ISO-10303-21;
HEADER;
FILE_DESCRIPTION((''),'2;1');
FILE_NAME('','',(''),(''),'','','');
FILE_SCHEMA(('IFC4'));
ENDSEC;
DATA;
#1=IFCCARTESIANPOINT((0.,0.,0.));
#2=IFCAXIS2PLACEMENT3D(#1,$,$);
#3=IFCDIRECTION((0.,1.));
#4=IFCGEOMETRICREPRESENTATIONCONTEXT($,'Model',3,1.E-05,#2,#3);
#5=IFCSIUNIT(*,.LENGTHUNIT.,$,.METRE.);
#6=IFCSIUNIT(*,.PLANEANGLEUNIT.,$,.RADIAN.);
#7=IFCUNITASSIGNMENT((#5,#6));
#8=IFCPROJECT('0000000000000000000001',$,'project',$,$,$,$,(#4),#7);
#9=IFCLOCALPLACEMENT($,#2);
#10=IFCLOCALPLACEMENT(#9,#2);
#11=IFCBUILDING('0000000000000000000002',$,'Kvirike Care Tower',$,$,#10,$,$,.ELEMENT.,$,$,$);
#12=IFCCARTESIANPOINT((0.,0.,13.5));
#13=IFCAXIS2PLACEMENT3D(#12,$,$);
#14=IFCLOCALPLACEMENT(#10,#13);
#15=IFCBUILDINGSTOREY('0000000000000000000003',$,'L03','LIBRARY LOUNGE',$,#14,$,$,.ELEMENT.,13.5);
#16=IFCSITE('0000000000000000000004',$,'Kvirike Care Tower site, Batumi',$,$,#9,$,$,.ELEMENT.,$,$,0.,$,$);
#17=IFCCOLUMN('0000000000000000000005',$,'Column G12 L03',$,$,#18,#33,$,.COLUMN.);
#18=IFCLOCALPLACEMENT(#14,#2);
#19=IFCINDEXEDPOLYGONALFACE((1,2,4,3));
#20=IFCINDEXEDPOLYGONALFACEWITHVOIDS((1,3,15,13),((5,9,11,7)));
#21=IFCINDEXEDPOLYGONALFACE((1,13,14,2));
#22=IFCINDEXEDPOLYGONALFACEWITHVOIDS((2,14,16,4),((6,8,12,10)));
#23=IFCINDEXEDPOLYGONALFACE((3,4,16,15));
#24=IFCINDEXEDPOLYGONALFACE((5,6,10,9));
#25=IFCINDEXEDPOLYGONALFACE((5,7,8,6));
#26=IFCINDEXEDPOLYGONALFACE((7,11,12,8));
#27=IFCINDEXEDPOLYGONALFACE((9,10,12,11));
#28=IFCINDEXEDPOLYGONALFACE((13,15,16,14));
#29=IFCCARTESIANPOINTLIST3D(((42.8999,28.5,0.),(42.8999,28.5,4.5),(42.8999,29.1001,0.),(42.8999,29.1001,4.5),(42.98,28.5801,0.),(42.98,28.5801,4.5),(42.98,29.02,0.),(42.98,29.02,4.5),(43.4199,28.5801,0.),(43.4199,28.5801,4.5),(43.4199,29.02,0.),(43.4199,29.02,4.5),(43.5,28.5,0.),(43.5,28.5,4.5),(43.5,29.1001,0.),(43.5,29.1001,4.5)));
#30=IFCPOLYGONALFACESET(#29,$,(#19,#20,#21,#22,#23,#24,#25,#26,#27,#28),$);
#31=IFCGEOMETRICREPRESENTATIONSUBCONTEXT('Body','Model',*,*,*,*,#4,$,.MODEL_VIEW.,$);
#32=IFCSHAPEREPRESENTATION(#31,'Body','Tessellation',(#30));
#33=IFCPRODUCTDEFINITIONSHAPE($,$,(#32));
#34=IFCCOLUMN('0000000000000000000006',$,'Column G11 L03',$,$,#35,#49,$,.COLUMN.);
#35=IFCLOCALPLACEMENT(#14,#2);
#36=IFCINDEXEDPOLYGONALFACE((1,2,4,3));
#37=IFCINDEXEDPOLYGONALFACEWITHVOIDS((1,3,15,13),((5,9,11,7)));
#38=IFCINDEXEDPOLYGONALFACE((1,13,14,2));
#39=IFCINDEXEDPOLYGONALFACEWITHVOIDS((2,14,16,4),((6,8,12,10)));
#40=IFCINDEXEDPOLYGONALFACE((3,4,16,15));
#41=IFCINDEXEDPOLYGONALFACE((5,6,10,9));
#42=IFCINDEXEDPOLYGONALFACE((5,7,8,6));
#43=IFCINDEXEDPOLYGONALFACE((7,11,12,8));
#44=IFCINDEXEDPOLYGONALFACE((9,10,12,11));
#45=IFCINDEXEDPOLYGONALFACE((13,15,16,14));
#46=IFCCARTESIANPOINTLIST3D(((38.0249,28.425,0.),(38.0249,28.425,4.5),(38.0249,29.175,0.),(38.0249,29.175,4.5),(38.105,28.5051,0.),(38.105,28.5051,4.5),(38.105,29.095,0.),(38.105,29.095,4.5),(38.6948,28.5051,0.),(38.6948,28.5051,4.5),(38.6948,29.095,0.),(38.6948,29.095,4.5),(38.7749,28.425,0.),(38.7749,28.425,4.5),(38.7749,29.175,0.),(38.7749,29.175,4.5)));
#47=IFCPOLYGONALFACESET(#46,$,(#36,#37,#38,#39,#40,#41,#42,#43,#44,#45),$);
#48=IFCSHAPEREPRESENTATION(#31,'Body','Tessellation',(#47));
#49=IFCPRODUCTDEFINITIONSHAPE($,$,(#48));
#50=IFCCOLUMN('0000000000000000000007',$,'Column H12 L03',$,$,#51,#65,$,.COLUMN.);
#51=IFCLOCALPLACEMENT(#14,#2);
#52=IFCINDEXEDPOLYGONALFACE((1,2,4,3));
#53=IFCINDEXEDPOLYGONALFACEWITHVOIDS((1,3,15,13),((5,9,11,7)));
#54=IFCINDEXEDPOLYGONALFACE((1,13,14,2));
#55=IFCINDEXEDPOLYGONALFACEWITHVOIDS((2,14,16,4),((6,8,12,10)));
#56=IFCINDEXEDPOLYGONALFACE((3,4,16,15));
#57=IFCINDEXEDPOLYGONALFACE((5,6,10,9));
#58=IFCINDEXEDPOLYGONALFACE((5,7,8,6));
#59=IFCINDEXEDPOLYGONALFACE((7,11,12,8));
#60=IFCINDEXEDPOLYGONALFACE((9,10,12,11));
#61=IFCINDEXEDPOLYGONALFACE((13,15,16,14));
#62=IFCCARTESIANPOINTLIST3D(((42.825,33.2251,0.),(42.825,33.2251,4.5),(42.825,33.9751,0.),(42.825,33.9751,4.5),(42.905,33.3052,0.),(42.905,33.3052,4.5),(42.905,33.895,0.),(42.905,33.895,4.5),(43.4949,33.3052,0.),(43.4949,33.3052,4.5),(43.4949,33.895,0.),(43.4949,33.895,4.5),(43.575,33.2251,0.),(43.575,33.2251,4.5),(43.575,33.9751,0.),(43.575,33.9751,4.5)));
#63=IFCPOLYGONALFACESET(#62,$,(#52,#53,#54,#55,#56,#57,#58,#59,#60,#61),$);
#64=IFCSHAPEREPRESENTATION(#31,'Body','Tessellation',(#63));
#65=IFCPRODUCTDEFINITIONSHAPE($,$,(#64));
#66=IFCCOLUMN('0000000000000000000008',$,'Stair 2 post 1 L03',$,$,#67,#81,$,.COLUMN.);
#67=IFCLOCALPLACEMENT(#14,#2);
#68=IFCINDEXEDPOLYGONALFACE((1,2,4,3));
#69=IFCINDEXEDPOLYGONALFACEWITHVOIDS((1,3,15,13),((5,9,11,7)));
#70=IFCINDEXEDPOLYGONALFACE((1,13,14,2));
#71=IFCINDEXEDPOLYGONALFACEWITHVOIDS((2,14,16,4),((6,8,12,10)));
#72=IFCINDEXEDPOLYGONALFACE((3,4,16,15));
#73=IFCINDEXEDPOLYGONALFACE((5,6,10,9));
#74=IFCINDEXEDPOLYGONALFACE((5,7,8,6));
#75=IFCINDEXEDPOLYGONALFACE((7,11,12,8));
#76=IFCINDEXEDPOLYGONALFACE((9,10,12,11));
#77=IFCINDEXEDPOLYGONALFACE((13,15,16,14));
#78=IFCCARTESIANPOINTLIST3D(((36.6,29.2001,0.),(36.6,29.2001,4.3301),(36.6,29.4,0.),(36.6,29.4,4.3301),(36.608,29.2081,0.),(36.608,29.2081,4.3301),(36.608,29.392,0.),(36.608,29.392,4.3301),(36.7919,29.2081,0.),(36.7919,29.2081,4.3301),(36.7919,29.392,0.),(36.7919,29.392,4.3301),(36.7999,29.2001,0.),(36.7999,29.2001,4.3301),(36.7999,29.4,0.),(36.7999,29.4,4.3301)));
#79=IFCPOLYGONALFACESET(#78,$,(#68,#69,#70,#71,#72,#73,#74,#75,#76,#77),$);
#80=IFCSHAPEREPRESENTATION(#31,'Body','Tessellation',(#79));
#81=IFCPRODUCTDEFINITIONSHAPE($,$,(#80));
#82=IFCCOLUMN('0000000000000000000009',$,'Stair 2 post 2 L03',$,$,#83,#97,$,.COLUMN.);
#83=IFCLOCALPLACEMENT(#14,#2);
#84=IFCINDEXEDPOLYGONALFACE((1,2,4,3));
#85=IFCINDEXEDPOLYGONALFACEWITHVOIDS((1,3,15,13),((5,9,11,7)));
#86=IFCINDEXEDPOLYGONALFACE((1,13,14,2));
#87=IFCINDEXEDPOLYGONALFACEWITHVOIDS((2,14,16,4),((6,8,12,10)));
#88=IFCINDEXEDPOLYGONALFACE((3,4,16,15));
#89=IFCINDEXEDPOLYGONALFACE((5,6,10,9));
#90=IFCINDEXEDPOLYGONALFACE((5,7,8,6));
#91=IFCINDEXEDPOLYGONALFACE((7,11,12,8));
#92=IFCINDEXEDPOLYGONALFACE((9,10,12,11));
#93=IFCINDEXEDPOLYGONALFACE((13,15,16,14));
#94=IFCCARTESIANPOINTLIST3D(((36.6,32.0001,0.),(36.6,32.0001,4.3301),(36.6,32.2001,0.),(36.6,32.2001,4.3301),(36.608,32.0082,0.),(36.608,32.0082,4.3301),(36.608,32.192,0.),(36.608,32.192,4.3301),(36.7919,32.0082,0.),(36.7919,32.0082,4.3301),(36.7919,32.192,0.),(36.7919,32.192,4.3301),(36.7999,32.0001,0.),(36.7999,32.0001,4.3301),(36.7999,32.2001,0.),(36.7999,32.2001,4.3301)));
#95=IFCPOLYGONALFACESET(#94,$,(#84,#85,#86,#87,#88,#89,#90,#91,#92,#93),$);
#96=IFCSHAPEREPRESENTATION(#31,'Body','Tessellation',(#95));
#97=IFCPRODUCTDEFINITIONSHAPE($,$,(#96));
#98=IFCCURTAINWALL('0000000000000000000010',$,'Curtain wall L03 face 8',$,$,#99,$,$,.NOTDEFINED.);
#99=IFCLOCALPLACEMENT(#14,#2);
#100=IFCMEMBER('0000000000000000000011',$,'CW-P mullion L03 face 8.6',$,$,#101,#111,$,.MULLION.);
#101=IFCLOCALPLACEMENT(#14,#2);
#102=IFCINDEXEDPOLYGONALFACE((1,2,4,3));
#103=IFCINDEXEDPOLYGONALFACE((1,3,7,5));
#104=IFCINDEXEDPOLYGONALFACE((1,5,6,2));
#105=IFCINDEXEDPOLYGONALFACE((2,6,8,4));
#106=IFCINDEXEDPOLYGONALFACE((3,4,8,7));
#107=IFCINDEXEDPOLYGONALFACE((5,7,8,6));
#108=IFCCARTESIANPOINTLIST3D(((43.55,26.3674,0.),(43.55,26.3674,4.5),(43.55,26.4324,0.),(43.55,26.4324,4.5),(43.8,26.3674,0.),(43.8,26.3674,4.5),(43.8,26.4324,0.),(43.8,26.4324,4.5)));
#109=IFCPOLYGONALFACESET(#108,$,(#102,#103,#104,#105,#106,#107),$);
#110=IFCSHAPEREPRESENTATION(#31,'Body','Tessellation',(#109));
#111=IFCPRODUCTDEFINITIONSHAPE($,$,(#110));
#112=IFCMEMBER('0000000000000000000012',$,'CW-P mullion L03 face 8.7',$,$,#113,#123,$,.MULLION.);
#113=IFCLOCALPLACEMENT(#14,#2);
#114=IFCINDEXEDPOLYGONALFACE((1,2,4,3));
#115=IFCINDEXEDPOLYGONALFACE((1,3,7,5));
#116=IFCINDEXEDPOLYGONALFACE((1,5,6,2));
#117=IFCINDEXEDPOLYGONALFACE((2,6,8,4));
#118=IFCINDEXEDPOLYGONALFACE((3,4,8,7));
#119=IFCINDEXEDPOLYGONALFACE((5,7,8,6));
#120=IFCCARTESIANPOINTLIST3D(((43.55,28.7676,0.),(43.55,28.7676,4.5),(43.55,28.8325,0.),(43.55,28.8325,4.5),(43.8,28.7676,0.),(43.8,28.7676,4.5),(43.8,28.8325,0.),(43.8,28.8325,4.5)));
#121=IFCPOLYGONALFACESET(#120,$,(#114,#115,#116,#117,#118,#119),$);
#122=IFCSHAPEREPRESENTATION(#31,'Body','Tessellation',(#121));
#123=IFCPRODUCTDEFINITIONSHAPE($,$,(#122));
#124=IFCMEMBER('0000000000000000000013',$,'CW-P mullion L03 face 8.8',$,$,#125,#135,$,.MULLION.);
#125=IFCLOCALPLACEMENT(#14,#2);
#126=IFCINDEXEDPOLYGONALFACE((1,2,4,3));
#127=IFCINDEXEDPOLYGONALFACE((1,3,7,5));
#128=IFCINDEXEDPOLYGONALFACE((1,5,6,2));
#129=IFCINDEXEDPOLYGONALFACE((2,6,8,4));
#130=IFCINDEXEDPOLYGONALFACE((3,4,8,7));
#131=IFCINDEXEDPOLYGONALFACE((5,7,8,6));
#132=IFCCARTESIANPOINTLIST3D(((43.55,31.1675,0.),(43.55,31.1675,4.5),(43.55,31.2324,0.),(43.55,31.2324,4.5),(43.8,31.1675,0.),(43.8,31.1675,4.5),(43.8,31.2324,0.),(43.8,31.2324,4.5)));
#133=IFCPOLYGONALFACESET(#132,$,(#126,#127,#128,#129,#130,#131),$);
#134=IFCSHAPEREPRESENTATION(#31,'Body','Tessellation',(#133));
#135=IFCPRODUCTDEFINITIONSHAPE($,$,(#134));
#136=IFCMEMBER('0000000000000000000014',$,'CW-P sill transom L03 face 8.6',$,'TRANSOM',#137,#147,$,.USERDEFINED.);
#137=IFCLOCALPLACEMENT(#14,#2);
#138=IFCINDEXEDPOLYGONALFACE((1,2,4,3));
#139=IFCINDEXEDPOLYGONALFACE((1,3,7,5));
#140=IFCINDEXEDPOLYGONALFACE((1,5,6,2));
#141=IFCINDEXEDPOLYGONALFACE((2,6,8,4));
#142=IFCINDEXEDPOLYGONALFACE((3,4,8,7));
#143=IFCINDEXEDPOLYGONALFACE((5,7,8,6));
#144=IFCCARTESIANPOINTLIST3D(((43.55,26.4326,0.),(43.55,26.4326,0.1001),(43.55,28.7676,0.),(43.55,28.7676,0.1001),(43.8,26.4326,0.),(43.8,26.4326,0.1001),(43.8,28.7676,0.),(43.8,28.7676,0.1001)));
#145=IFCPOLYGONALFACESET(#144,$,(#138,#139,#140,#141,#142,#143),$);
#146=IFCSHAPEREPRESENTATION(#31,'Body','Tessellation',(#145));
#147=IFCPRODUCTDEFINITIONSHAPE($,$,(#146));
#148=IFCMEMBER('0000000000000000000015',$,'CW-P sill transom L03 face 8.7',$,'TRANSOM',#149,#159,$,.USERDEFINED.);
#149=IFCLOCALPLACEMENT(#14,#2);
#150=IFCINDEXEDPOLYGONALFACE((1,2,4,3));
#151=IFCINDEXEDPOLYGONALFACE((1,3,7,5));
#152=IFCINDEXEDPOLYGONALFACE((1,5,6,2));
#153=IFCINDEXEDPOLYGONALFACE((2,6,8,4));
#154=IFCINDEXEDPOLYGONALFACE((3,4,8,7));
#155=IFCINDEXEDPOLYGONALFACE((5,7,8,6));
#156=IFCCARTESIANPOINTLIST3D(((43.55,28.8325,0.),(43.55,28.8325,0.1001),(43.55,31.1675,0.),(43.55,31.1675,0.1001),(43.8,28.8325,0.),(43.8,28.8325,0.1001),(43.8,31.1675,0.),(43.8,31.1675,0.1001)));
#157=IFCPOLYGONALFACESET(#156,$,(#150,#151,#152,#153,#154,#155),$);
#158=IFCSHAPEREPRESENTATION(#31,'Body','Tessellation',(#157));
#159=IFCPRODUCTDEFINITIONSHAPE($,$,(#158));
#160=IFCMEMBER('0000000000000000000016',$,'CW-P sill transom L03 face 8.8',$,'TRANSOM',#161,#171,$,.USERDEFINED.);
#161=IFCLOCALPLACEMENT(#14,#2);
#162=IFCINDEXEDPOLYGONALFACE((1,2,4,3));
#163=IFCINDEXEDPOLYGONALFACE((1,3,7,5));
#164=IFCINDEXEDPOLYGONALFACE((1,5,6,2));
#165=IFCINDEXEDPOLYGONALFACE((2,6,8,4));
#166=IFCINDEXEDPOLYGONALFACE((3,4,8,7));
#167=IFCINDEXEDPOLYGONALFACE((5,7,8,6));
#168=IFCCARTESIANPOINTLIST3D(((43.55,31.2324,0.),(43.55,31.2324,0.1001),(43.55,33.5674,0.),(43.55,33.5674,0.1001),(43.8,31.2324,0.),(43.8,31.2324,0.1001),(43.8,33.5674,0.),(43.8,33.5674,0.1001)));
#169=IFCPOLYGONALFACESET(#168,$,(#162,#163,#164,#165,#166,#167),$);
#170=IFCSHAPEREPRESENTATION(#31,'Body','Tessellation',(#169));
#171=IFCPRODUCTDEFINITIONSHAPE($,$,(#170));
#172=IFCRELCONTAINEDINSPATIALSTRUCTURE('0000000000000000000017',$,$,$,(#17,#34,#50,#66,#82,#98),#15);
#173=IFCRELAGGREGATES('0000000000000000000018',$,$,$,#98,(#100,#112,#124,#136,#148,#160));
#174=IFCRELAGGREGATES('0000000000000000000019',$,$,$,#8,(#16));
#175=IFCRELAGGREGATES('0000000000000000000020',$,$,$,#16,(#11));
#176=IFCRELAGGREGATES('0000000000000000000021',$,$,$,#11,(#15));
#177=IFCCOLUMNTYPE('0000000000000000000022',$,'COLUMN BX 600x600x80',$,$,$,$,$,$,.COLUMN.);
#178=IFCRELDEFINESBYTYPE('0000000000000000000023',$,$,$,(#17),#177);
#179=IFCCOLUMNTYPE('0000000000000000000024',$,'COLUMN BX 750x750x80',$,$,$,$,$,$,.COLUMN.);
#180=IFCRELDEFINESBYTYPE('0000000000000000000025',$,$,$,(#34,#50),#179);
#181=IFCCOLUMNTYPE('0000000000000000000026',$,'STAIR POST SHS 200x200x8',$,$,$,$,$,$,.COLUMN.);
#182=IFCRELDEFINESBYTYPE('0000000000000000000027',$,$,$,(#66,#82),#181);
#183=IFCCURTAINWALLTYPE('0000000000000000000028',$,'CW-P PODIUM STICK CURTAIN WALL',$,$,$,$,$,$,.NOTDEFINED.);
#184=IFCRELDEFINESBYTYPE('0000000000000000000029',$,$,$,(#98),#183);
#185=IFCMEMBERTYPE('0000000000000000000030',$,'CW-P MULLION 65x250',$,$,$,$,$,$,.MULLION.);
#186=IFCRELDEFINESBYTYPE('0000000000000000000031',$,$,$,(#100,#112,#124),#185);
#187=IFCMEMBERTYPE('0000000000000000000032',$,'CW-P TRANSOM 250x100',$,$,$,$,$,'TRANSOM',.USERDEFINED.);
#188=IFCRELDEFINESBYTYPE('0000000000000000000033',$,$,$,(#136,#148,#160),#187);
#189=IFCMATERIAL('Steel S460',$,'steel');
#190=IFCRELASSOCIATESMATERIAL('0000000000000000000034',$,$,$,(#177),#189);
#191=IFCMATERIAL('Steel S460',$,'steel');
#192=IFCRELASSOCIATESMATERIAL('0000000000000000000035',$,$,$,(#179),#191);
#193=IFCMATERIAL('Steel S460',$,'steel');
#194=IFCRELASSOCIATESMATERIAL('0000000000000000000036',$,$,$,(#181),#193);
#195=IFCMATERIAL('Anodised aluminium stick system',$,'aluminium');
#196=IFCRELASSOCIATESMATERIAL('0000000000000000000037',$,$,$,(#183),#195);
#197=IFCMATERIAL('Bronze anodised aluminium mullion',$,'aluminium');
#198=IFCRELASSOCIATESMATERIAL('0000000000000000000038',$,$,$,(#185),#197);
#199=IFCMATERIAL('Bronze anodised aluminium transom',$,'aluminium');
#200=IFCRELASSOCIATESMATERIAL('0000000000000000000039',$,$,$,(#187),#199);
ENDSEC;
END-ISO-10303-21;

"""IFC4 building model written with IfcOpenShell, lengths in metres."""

from ifc_helpers import new_model, si_unit, direction, frame, origin, origin_2d, place, context, subcontext, project, spatial, rectangle, hollow_rectangle, extrude, material, material_profile, profile_set, type_object, element, aggregate, save


model = new_model("IFC4")

# Units and contexts
model_context = context("Model", 3, precision=1e-05, world=origin(), true_north=direction((0.0, 1.0)))
body_context = subcontext(model_context, "Body", "Model", "MODEL_VIEW")
ifc_project = project(units=[si_unit("LENGTHUNIT", "METRE"), si_unit("PLANEANGLEUNIT", "RADIAN")], contexts=[model_context])

# Site, building, storey
site_placement = place(None, origin())
site = spatial("IfcSite", under=ifc_project, at=site_placement, Name="Kvirike Care Tower site, Batumi", CompositionType="ELEMENT", RefElevation=0.0)
building_placement = place(site_placement, origin())
building = spatial("IfcBuilding", under=site, at=building_placement, Name="Kvirike Care Tower", CompositionType="ELEMENT")
storey_placement = place(building_placement, frame((0.0, 0.0, 13.5)))
storey = spatial("IfcBuildingStorey", under=building, at=storey_placement, Name="L03", Description="LIBRARY LOUNGE", CompositionType="ELEMENT", Elevation=13.5)

# Columns
ifc_material_1 = material(Name="Steel S460", Category="steel")
ifc_material_profile_1 = material_profile(ifc_material_1, hollow_rectangle(XDim=0.6001, YDim=0.6001, WallThickness=0.0801, at=origin_2d()), Name="BX 600x600x80")
ifc_profile_set_1 = profile_set([ifc_material_profile_1], Name="Steel S460")
column_type_1 = type_object("IfcColumnType", Name="COLUMN BX 600x600x80", PredefinedType="COLUMN", material=ifc_profile_set_1)
column_placement = place(storey_placement, frame((43.2, 28.8, 0.0), z_axis=(0.0, 0.0, 1.0), x_axis=(0.0, 1.0, 0.0)))
element("IfcColumn", 1, at=column_placement, inside=storey, type_object=column_type_1, Name="Column G12 L03", PredefinedType="COLUMN", context=body_context, shape_type="SweptSolid", body=[
    extrude(hollow_rectangle(XDim=0.6001, YDim=0.6001, WallThickness=0.0801, at=origin_2d()), origin(), (0.0, 0.0, 1.0), 4.5),
])
ifc_material_2 = material(Name="Steel S460", Category="steel")
ifc_material_profile_2 = material_profile(ifc_material_2, hollow_rectangle(XDim=0.75, YDim=0.75, WallThickness=0.0801, at=origin_2d()), Name="BX 750x750x80")
ifc_profile_set_2 = profile_set([ifc_material_profile_2], Name="Steel S460")
column_type_2 = type_object("IfcColumnType", Name="COLUMN BX 750x750x80", PredefinedType="COLUMN", material=ifc_profile_set_2)
for number, where, z_axis, x_axis, name in (
    (2, (38.3999, 28.8, 0.0), (0.0, 0.0, 1.0), (0.0, 1.0, 0.0), "Column G11 L03"),
    (3, (43.2, 33.6001, 0.0), (0.0, 0.0, 1.0), (1.0, 0.0, 0.0), "Column H12 L03"),
):
    element("IfcColumn", number, at=place(storey_placement, frame(where, z_axis=z_axis, x_axis=x_axis)), inside=storey, type_object=column_type_2, Name=name, PredefinedType="COLUMN", context=body_context, shape_type="SweptSolid", body=[
        extrude(hollow_rectangle(XDim=0.75, YDim=0.75, WallThickness=0.0801, at=origin_2d()), origin(), (0.0, 0.0, 1.0), 4.5),
    ])
ifc_material_3 = material(Name="Steel S460", Category="steel")
ifc_material_profile_3 = material_profile(ifc_material_3, hollow_rectangle(XDim=0.2, YDim=0.2, WallThickness=0.0081, at=origin_2d()), Name="SHS 200x200x8")
ifc_profile_set_3 = profile_set([ifc_material_profile_3], Name="Steel S460")
column_type_3 = type_object("IfcColumnType", Name="STAIR POST SHS 200x200x8", PredefinedType="COLUMN", material=ifc_profile_set_3)
for number, where, z_axis, x_axis, name in (
    (4, (36.7, 29.3, 0.0), (0.0, 0.0, 1.0), (1.0, 0.0, 0.0), "Stair 2 post 1 L03"),
    (5, (36.7, 32.1001, 0.0), (0.0, 0.0, 1.0), (1.0, 0.0, 0.0), "Stair 2 post 2 L03"),
):
    element("IfcColumn", number, at=place(storey_placement, frame(where, z_axis=z_axis, x_axis=x_axis)), inside=storey, type_object=column_type_3, Name=name, PredefinedType="COLUMN", context=body_context, shape_type="SweptSolid", body=[
        extrude(hollow_rectangle(XDim=0.2, YDim=0.2, WallThickness=0.0081, at=origin_2d()), origin(), (0.0, 0.0, 1.0), 4.3301),
    ])

# Curtain wall, members
ifc_material_4 = material(Name="Anodised aluminium stick system", Category="aluminium")
curtain_wall_type = type_object("IfcCurtainWallType", Name="CW-P PODIUM STICK CURTAIN WALL", PredefinedType="NOTDEFINED", material=ifc_material_4)
curtain_wall_placement = place(storey_placement, origin())
curtain_wall = element("IfcCurtainWall", 6, at=curtain_wall_placement, inside=storey, type_object=curtain_wall_type, Name="Curtain wall L03 face 8", PredefinedType="NOTDEFINED")
ifc_material_5 = material(Name="Bronze anodised aluminium mullion", Category="aluminium")
ifc_material_profile_4 = material_profile(ifc_material_5, rectangle(XDim=0.0649, YDim=0.25, at=origin_2d()), Name="CW-P MULLION 65x250")
ifc_profile_set_4 = profile_set([ifc_material_profile_4], Name="Bronze anodised aluminium mullion")
member_type_1 = type_object("IfcMemberType", Name="CW-P MULLION 65x250", PredefinedType="MULLION", material=ifc_profile_set_4)
member_1_placement = place(storey_placement, frame((43.675, 26.3999, 0.0), z_axis=(0.0, 0.0, 1.0), x_axis=(0.0, 1.0, 0.0)))
member_1 = element("IfcMember", 7, at=member_1_placement, type_object=member_type_1, Name="CW-P mullion L03 face 8.6", PredefinedType="MULLION", context=body_context, shape_type="SweptSolid", body=[
    extrude(rectangle(XDim=0.0649, YDim=0.25, at=origin_2d()), origin(), (0.0, 0.0, 1.0), 4.5),
])
member_2_placement = place(storey_placement, frame((43.675, 28.8, 0.0), z_axis=(0.0, 0.0, 1.0), x_axis=(0.0, 1.0, 0.0)))
member_2 = element("IfcMember", 8, at=member_2_placement, type_object=member_type_1, Name="CW-P mullion L03 face 8.7", PredefinedType="MULLION", context=body_context, shape_type="SweptSolid", body=[
    extrude(rectangle(XDim=0.0649, YDim=0.25, at=origin_2d()), origin(), (0.0, 0.0, 1.0), 4.5),
])
member_3_placement = place(storey_placement, frame((43.675, 31.2, 0.0), z_axis=(0.0, 0.0, 1.0), x_axis=(0.0, 1.0, 0.0)))
member_3 = element("IfcMember", 9, at=member_3_placement, type_object=member_type_1, Name="CW-P mullion L03 face 8.8", PredefinedType="MULLION", context=body_context, shape_type="SweptSolid", body=[
    extrude(rectangle(XDim=0.0649, YDim=0.25, at=origin_2d()), origin(), (0.0, 0.0, 1.0), 4.5),
])
ifc_material_6 = material(Name="Bronze anodised aluminium transom", Category="aluminium")
ifc_material_profile_5 = material_profile(ifc_material_6, rectangle(XDim=0.25, YDim=0.1001, at=origin_2d()), Name="CW-P TRANSOM 250x100")
ifc_profile_set_5 = profile_set([ifc_material_profile_5], Name="Bronze anodised aluminium transom")
member_type_2 = type_object("IfcMemberType", Name="CW-P TRANSOM 250x100", ElementType="TRANSOM", PredefinedType="USERDEFINED", material=ifc_profile_set_5)
member_4_placement = place(storey_placement, frame((43.675, 26.4326, 0.05), z_axis=(0.0, 1.0, 0.0), x_axis=(-1.0, 0.0, 0.0)))
member_4 = element("IfcMember", 10, at=member_4_placement, type_object=member_type_2, Name="CW-P sill transom L03 face 8.6", ObjectType="TRANSOM", PredefinedType="USERDEFINED", context=body_context, shape_type="SweptSolid", body=[
    extrude(rectangle(XDim=0.25, YDim=0.1001, at=origin_2d()), origin(), (0.0, 0.0, 1.0), 2.335),
])
member_5_placement = place(storey_placement, frame((43.675, 28.8325, 0.05), z_axis=(0.0, 1.0, 0.0), x_axis=(-1.0, 0.0, 0.0)))
member_5 = element("IfcMember", 11, at=member_5_placement, type_object=member_type_2, Name="CW-P sill transom L03 face 8.7", ObjectType="TRANSOM", PredefinedType="USERDEFINED", context=body_context, shape_type="SweptSolid", body=[
    extrude(rectangle(XDim=0.25, YDim=0.1001, at=origin_2d()), origin(), (0.0, 0.0, 1.0), 2.335),
])
member_6_placement = place(storey_placement, frame((43.675, 31.2324, 0.05), z_axis=(0.0, 1.0, 0.0), x_axis=(-1.0, 0.0, 0.0)))
member_6 = element("IfcMember", 12, at=member_6_placement, type_object=member_type_2, Name="CW-P sill transom L03 face 8.8", ObjectType="TRANSOM", PredefinedType="USERDEFINED", context=body_context, shape_type="SweptSolid", body=[
    extrude(rectangle(XDim=0.25, YDim=0.1001, at=origin_2d()), origin(), (0.0, 0.0, 1.0), 2.335),
])

aggregate(curtain_wall, [member_1, member_2, member_3, member_4, member_5, member_6])

save(model, "model.ifc")
